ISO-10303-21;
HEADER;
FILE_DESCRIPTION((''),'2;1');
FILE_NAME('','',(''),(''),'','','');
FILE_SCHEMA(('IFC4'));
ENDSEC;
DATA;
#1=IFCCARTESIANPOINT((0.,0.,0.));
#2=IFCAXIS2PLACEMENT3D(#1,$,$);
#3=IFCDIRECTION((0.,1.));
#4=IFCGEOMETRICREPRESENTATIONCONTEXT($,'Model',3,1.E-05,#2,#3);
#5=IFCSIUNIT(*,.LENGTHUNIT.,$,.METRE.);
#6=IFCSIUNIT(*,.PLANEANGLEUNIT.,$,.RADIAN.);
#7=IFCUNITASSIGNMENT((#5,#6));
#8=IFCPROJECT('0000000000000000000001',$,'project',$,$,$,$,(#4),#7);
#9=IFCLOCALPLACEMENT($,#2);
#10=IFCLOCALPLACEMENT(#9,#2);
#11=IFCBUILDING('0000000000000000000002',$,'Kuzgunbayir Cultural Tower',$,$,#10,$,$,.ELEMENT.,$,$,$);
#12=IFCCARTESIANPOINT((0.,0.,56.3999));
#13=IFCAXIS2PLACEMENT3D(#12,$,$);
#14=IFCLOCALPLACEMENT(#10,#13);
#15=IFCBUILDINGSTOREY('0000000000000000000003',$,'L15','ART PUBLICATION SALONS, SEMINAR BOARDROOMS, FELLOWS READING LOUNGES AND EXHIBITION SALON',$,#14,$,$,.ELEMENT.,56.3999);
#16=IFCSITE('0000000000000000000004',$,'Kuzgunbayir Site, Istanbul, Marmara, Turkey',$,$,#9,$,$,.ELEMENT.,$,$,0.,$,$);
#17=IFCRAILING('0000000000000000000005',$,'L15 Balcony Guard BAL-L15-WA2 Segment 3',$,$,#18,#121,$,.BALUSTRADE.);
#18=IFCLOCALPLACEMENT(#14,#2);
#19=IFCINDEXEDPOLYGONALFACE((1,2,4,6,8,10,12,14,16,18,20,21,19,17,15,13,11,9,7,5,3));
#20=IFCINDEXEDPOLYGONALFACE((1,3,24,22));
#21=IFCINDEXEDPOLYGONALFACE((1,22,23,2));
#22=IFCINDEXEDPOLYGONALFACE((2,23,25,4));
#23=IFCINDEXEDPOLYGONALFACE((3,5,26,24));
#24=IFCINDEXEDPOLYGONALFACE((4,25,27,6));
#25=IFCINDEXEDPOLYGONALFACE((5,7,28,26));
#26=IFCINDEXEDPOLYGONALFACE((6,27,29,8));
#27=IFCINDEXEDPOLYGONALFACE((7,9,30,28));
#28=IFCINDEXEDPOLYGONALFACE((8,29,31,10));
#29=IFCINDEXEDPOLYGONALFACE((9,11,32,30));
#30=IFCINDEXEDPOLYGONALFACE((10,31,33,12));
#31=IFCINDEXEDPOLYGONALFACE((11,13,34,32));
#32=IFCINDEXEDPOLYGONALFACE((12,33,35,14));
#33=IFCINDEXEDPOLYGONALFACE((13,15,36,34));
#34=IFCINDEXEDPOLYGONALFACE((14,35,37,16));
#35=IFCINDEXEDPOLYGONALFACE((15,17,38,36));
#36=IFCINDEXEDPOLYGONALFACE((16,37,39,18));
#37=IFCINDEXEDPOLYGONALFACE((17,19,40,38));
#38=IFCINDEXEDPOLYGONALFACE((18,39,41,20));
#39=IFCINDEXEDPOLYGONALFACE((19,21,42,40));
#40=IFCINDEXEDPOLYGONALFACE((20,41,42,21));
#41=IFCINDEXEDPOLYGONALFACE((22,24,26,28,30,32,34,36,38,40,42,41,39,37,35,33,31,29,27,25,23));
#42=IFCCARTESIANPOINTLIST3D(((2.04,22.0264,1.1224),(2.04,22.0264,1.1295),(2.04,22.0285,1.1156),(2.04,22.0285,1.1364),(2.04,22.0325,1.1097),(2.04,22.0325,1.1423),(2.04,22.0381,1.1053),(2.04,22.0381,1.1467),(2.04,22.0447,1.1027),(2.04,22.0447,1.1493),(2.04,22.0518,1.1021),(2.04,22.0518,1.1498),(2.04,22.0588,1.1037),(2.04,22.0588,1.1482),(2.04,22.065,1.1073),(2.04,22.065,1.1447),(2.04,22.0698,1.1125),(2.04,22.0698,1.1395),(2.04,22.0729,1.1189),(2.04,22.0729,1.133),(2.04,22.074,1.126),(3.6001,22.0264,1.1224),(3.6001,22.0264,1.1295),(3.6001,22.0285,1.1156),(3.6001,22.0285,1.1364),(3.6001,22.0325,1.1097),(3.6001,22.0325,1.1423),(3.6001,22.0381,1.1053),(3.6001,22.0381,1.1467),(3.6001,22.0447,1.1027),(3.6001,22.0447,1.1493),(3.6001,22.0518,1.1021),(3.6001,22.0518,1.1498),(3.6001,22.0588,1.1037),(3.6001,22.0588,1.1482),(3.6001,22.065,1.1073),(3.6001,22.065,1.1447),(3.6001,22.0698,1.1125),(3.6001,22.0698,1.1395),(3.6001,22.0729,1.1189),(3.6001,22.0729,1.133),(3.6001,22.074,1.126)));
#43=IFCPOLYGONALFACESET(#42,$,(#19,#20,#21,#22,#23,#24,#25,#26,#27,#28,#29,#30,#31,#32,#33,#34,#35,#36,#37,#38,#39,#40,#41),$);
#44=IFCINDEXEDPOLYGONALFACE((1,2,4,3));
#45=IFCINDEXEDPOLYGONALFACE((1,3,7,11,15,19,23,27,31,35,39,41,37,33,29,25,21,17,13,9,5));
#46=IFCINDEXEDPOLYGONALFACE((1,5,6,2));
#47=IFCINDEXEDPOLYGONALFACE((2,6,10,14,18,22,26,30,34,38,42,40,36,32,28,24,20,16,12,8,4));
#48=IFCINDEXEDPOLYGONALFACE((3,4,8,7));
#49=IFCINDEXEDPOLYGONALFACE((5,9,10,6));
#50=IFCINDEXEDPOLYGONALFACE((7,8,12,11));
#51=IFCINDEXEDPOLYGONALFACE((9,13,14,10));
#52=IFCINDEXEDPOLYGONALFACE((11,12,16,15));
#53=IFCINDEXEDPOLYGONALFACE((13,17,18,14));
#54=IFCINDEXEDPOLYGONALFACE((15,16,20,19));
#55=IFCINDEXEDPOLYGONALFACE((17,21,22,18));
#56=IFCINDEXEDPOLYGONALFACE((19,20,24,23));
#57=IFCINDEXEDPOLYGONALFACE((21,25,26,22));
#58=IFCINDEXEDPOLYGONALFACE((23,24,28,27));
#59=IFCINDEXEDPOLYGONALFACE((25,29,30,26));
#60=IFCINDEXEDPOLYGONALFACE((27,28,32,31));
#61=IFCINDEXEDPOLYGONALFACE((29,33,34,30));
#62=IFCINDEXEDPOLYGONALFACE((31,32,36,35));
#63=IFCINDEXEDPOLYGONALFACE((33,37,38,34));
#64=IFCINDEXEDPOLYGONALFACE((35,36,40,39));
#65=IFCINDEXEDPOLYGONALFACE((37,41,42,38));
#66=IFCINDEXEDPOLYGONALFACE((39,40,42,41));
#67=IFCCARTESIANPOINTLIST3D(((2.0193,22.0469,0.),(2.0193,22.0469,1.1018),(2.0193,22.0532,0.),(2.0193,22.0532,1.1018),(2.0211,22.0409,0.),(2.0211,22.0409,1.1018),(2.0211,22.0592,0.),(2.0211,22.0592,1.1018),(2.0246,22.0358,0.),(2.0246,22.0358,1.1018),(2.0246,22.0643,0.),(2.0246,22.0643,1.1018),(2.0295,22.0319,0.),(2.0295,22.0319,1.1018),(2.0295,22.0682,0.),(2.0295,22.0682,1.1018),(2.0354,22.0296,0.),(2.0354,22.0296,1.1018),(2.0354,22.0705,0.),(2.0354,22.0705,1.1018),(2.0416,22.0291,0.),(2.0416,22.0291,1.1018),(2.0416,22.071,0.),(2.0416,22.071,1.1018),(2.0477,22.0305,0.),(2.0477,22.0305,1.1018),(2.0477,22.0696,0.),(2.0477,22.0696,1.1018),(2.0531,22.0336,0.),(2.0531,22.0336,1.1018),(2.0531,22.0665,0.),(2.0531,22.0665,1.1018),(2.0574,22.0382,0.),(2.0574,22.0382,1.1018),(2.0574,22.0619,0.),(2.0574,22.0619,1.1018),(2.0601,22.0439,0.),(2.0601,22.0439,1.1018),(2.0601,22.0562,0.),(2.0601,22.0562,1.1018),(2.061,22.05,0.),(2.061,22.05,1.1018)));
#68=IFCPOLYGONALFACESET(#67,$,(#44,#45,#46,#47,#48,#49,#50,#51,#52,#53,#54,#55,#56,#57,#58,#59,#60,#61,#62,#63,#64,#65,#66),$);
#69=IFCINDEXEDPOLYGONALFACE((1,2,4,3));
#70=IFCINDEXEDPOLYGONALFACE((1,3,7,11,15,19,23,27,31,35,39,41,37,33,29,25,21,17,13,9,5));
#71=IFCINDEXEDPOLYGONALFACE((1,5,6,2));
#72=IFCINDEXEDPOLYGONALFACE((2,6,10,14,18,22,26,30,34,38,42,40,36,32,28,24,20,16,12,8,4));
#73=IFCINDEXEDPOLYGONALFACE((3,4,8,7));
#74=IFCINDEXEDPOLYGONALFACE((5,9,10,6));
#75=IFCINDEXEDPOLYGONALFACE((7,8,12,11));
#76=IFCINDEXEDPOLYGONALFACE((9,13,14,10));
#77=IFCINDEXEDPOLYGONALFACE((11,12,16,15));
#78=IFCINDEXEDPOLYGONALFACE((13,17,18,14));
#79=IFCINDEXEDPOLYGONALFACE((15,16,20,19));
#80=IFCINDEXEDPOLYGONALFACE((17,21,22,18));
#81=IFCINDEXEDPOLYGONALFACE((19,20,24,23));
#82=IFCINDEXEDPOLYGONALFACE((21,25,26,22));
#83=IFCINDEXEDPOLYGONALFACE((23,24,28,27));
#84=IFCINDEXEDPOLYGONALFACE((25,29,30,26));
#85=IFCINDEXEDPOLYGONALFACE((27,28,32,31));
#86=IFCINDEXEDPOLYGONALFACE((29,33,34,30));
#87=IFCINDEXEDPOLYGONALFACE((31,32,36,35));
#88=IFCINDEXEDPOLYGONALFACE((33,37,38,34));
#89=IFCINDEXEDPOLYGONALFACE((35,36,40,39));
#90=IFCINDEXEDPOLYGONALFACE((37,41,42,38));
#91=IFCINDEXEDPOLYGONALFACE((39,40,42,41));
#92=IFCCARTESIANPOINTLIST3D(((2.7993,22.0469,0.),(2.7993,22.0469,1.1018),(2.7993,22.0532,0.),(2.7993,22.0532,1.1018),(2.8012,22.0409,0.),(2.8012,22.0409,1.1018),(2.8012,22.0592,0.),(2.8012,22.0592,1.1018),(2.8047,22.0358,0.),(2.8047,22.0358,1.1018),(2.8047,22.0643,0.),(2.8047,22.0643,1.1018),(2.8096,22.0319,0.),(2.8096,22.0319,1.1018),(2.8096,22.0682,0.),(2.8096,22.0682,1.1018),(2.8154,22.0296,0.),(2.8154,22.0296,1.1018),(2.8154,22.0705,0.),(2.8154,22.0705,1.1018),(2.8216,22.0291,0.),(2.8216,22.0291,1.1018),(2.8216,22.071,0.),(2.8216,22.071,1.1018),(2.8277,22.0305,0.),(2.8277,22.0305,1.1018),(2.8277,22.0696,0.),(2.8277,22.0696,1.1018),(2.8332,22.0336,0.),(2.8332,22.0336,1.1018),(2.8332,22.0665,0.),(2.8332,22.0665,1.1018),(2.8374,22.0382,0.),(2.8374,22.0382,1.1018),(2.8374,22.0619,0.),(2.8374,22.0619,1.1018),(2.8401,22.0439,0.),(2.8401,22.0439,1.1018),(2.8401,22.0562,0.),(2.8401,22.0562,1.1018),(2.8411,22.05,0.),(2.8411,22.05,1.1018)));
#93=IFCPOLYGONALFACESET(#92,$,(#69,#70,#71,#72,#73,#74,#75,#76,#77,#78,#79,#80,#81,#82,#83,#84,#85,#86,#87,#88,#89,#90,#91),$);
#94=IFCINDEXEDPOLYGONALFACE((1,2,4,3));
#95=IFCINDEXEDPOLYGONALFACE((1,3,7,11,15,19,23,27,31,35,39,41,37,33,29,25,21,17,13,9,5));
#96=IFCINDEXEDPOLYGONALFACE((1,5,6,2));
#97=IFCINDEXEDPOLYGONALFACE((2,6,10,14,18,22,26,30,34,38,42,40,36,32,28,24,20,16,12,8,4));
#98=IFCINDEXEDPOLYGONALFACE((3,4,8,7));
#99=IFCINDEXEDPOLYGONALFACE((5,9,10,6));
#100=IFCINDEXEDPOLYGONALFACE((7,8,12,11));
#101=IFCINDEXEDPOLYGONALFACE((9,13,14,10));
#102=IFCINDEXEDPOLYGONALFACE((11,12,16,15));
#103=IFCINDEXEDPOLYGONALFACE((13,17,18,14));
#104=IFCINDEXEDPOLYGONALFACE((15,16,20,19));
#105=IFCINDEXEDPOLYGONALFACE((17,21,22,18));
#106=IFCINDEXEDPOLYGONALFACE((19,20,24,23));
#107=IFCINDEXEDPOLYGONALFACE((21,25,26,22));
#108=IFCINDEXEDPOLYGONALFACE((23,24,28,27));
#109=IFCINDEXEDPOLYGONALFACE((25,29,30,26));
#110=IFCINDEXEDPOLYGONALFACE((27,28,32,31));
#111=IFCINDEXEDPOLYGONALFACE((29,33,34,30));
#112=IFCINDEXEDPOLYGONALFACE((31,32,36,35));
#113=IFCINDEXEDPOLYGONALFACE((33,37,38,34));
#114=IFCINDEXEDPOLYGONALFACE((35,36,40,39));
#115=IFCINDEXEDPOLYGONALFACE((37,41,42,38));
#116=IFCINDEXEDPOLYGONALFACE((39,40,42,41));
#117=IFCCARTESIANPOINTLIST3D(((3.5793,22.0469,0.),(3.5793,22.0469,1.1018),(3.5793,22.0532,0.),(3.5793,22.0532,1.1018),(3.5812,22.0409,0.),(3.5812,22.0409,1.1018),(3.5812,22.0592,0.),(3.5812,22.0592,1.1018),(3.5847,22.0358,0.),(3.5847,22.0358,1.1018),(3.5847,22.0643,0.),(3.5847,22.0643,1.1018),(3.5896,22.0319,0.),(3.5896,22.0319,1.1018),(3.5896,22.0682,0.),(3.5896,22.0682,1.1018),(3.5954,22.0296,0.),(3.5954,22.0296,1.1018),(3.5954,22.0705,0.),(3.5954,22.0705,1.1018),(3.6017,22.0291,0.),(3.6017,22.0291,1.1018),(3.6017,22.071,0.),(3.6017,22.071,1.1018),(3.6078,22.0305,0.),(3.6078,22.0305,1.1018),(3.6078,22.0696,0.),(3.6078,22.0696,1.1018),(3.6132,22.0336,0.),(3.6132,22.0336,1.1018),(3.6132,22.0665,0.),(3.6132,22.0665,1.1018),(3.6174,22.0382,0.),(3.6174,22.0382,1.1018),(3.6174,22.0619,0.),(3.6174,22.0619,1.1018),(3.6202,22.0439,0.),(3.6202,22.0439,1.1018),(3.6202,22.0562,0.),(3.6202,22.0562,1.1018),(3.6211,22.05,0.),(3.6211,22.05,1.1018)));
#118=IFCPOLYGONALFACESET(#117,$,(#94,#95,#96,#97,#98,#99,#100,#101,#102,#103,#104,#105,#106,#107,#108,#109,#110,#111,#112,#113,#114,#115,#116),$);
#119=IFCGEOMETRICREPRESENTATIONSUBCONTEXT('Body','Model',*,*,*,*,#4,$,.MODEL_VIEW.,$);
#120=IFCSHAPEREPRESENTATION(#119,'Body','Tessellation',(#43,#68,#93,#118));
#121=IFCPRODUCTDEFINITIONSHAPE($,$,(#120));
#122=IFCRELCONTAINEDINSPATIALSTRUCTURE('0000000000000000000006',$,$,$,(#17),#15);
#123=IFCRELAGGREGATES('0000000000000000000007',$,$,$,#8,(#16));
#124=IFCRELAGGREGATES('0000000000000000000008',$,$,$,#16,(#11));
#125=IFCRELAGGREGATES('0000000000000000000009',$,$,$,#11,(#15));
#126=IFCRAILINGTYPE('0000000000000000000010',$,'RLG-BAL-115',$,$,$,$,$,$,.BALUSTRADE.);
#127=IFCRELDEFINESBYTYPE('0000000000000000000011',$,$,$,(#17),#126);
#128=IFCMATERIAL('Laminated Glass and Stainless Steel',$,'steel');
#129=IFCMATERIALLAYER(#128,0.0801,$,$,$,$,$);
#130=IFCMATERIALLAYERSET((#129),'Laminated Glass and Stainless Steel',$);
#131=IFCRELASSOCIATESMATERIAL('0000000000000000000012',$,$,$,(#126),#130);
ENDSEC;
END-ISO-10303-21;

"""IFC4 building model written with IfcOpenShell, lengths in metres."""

from ifc_helpers import new_model, si_unit, direction, frame, origin, origin_2d, place, context, subcontext, project, spatial, circle, extrude, material, layer, layer_set, type_object, element, save


model = new_model("IFC4")

# Units and contexts
model_context = context("Model", 3, precision=1e-05, world=origin(), true_north=direction((0.0, 1.0)))
body_context = subcontext(model_context, "Body", "Model", "MODEL_VIEW")
ifc_project = project(units=[si_unit("LENGTHUNIT", "METRE"), si_unit("PLANEANGLEUNIT", "RADIAN")], contexts=[model_context])

# Site, building, storey
site_placement = place(None, origin())
site = spatial("IfcSite", under=ifc_project, at=site_placement, Name="Kuzgunbayir Site, Istanbul, Marmara, Turkey", CompositionType="ELEMENT", RefElevation=0.0)
building_placement = place(site_placement, origin())
building = spatial("IfcBuilding", under=site, at=building_placement, Name="Kuzgunbayir Cultural Tower", CompositionType="ELEMENT")
storey_placement = place(building_placement, frame((0.0, 0.0, 56.3999)))
storey = spatial("IfcBuildingStorey", under=building, at=storey_placement, Name="L15", Description="ART PUBLICATION SALONS, SEMINAR BOARDROOMS, FELLOWS READING LOUNGES AND EXHIBITION SALON", CompositionType="ELEMENT", Elevation=56.3999)

# Railing
ifc_material_1 = material(Name="Laminated Glass and Stainless Steel", Category="steel")
ifc_layer_1 = layer(ifc_material_1, 0.0801)
ifc_layer_set_1 = layer_set([ifc_layer_1], Name="Laminated Glass and Stainless Steel")
railing_type = type_object("IfcRailingType", Name="RLG-BAL-115", PredefinedType="BALUSTRADE", material=ifc_layer_set_1)
railing_1_placement = place(storey_placement, frame((2.04, 22.05, 0.0)))
element("IfcRailing", 1, at=railing_1_placement, inside=storey, type_object=railing_type, Name="L15 Balcony Guard BAL-L15-WA2 Segment 3", PredefinedType="BALUSTRADE", context=body_context, shape_type="SweptSolid", body=[
    extrude(circle(Radius=0.0239, at=origin_2d()), frame((0.0, 0.0, 1.126), z_axis=(1.0, 0.0, 0.0), x_axis=(0.0, 1.0, 0.0)), (0.0, 0.0, 1.0), 1.5601),
    extrude(circle(Radius=0.021, at=origin_2d()), origin(), (0.0, 0.0, 1.0), 1.1018),
    extrude(circle(Radius=0.021, at=origin_2d()), frame((0.78, 0.0, 0.0)), (0.0, 0.0, 1.0), 1.1018),
    extrude(circle(Radius=0.021, at=origin_2d()), frame((1.5601, 0.0, 0.0)), (0.0, 0.0, 1.0), 1.1018),
])

save(model, "model.ifc")
